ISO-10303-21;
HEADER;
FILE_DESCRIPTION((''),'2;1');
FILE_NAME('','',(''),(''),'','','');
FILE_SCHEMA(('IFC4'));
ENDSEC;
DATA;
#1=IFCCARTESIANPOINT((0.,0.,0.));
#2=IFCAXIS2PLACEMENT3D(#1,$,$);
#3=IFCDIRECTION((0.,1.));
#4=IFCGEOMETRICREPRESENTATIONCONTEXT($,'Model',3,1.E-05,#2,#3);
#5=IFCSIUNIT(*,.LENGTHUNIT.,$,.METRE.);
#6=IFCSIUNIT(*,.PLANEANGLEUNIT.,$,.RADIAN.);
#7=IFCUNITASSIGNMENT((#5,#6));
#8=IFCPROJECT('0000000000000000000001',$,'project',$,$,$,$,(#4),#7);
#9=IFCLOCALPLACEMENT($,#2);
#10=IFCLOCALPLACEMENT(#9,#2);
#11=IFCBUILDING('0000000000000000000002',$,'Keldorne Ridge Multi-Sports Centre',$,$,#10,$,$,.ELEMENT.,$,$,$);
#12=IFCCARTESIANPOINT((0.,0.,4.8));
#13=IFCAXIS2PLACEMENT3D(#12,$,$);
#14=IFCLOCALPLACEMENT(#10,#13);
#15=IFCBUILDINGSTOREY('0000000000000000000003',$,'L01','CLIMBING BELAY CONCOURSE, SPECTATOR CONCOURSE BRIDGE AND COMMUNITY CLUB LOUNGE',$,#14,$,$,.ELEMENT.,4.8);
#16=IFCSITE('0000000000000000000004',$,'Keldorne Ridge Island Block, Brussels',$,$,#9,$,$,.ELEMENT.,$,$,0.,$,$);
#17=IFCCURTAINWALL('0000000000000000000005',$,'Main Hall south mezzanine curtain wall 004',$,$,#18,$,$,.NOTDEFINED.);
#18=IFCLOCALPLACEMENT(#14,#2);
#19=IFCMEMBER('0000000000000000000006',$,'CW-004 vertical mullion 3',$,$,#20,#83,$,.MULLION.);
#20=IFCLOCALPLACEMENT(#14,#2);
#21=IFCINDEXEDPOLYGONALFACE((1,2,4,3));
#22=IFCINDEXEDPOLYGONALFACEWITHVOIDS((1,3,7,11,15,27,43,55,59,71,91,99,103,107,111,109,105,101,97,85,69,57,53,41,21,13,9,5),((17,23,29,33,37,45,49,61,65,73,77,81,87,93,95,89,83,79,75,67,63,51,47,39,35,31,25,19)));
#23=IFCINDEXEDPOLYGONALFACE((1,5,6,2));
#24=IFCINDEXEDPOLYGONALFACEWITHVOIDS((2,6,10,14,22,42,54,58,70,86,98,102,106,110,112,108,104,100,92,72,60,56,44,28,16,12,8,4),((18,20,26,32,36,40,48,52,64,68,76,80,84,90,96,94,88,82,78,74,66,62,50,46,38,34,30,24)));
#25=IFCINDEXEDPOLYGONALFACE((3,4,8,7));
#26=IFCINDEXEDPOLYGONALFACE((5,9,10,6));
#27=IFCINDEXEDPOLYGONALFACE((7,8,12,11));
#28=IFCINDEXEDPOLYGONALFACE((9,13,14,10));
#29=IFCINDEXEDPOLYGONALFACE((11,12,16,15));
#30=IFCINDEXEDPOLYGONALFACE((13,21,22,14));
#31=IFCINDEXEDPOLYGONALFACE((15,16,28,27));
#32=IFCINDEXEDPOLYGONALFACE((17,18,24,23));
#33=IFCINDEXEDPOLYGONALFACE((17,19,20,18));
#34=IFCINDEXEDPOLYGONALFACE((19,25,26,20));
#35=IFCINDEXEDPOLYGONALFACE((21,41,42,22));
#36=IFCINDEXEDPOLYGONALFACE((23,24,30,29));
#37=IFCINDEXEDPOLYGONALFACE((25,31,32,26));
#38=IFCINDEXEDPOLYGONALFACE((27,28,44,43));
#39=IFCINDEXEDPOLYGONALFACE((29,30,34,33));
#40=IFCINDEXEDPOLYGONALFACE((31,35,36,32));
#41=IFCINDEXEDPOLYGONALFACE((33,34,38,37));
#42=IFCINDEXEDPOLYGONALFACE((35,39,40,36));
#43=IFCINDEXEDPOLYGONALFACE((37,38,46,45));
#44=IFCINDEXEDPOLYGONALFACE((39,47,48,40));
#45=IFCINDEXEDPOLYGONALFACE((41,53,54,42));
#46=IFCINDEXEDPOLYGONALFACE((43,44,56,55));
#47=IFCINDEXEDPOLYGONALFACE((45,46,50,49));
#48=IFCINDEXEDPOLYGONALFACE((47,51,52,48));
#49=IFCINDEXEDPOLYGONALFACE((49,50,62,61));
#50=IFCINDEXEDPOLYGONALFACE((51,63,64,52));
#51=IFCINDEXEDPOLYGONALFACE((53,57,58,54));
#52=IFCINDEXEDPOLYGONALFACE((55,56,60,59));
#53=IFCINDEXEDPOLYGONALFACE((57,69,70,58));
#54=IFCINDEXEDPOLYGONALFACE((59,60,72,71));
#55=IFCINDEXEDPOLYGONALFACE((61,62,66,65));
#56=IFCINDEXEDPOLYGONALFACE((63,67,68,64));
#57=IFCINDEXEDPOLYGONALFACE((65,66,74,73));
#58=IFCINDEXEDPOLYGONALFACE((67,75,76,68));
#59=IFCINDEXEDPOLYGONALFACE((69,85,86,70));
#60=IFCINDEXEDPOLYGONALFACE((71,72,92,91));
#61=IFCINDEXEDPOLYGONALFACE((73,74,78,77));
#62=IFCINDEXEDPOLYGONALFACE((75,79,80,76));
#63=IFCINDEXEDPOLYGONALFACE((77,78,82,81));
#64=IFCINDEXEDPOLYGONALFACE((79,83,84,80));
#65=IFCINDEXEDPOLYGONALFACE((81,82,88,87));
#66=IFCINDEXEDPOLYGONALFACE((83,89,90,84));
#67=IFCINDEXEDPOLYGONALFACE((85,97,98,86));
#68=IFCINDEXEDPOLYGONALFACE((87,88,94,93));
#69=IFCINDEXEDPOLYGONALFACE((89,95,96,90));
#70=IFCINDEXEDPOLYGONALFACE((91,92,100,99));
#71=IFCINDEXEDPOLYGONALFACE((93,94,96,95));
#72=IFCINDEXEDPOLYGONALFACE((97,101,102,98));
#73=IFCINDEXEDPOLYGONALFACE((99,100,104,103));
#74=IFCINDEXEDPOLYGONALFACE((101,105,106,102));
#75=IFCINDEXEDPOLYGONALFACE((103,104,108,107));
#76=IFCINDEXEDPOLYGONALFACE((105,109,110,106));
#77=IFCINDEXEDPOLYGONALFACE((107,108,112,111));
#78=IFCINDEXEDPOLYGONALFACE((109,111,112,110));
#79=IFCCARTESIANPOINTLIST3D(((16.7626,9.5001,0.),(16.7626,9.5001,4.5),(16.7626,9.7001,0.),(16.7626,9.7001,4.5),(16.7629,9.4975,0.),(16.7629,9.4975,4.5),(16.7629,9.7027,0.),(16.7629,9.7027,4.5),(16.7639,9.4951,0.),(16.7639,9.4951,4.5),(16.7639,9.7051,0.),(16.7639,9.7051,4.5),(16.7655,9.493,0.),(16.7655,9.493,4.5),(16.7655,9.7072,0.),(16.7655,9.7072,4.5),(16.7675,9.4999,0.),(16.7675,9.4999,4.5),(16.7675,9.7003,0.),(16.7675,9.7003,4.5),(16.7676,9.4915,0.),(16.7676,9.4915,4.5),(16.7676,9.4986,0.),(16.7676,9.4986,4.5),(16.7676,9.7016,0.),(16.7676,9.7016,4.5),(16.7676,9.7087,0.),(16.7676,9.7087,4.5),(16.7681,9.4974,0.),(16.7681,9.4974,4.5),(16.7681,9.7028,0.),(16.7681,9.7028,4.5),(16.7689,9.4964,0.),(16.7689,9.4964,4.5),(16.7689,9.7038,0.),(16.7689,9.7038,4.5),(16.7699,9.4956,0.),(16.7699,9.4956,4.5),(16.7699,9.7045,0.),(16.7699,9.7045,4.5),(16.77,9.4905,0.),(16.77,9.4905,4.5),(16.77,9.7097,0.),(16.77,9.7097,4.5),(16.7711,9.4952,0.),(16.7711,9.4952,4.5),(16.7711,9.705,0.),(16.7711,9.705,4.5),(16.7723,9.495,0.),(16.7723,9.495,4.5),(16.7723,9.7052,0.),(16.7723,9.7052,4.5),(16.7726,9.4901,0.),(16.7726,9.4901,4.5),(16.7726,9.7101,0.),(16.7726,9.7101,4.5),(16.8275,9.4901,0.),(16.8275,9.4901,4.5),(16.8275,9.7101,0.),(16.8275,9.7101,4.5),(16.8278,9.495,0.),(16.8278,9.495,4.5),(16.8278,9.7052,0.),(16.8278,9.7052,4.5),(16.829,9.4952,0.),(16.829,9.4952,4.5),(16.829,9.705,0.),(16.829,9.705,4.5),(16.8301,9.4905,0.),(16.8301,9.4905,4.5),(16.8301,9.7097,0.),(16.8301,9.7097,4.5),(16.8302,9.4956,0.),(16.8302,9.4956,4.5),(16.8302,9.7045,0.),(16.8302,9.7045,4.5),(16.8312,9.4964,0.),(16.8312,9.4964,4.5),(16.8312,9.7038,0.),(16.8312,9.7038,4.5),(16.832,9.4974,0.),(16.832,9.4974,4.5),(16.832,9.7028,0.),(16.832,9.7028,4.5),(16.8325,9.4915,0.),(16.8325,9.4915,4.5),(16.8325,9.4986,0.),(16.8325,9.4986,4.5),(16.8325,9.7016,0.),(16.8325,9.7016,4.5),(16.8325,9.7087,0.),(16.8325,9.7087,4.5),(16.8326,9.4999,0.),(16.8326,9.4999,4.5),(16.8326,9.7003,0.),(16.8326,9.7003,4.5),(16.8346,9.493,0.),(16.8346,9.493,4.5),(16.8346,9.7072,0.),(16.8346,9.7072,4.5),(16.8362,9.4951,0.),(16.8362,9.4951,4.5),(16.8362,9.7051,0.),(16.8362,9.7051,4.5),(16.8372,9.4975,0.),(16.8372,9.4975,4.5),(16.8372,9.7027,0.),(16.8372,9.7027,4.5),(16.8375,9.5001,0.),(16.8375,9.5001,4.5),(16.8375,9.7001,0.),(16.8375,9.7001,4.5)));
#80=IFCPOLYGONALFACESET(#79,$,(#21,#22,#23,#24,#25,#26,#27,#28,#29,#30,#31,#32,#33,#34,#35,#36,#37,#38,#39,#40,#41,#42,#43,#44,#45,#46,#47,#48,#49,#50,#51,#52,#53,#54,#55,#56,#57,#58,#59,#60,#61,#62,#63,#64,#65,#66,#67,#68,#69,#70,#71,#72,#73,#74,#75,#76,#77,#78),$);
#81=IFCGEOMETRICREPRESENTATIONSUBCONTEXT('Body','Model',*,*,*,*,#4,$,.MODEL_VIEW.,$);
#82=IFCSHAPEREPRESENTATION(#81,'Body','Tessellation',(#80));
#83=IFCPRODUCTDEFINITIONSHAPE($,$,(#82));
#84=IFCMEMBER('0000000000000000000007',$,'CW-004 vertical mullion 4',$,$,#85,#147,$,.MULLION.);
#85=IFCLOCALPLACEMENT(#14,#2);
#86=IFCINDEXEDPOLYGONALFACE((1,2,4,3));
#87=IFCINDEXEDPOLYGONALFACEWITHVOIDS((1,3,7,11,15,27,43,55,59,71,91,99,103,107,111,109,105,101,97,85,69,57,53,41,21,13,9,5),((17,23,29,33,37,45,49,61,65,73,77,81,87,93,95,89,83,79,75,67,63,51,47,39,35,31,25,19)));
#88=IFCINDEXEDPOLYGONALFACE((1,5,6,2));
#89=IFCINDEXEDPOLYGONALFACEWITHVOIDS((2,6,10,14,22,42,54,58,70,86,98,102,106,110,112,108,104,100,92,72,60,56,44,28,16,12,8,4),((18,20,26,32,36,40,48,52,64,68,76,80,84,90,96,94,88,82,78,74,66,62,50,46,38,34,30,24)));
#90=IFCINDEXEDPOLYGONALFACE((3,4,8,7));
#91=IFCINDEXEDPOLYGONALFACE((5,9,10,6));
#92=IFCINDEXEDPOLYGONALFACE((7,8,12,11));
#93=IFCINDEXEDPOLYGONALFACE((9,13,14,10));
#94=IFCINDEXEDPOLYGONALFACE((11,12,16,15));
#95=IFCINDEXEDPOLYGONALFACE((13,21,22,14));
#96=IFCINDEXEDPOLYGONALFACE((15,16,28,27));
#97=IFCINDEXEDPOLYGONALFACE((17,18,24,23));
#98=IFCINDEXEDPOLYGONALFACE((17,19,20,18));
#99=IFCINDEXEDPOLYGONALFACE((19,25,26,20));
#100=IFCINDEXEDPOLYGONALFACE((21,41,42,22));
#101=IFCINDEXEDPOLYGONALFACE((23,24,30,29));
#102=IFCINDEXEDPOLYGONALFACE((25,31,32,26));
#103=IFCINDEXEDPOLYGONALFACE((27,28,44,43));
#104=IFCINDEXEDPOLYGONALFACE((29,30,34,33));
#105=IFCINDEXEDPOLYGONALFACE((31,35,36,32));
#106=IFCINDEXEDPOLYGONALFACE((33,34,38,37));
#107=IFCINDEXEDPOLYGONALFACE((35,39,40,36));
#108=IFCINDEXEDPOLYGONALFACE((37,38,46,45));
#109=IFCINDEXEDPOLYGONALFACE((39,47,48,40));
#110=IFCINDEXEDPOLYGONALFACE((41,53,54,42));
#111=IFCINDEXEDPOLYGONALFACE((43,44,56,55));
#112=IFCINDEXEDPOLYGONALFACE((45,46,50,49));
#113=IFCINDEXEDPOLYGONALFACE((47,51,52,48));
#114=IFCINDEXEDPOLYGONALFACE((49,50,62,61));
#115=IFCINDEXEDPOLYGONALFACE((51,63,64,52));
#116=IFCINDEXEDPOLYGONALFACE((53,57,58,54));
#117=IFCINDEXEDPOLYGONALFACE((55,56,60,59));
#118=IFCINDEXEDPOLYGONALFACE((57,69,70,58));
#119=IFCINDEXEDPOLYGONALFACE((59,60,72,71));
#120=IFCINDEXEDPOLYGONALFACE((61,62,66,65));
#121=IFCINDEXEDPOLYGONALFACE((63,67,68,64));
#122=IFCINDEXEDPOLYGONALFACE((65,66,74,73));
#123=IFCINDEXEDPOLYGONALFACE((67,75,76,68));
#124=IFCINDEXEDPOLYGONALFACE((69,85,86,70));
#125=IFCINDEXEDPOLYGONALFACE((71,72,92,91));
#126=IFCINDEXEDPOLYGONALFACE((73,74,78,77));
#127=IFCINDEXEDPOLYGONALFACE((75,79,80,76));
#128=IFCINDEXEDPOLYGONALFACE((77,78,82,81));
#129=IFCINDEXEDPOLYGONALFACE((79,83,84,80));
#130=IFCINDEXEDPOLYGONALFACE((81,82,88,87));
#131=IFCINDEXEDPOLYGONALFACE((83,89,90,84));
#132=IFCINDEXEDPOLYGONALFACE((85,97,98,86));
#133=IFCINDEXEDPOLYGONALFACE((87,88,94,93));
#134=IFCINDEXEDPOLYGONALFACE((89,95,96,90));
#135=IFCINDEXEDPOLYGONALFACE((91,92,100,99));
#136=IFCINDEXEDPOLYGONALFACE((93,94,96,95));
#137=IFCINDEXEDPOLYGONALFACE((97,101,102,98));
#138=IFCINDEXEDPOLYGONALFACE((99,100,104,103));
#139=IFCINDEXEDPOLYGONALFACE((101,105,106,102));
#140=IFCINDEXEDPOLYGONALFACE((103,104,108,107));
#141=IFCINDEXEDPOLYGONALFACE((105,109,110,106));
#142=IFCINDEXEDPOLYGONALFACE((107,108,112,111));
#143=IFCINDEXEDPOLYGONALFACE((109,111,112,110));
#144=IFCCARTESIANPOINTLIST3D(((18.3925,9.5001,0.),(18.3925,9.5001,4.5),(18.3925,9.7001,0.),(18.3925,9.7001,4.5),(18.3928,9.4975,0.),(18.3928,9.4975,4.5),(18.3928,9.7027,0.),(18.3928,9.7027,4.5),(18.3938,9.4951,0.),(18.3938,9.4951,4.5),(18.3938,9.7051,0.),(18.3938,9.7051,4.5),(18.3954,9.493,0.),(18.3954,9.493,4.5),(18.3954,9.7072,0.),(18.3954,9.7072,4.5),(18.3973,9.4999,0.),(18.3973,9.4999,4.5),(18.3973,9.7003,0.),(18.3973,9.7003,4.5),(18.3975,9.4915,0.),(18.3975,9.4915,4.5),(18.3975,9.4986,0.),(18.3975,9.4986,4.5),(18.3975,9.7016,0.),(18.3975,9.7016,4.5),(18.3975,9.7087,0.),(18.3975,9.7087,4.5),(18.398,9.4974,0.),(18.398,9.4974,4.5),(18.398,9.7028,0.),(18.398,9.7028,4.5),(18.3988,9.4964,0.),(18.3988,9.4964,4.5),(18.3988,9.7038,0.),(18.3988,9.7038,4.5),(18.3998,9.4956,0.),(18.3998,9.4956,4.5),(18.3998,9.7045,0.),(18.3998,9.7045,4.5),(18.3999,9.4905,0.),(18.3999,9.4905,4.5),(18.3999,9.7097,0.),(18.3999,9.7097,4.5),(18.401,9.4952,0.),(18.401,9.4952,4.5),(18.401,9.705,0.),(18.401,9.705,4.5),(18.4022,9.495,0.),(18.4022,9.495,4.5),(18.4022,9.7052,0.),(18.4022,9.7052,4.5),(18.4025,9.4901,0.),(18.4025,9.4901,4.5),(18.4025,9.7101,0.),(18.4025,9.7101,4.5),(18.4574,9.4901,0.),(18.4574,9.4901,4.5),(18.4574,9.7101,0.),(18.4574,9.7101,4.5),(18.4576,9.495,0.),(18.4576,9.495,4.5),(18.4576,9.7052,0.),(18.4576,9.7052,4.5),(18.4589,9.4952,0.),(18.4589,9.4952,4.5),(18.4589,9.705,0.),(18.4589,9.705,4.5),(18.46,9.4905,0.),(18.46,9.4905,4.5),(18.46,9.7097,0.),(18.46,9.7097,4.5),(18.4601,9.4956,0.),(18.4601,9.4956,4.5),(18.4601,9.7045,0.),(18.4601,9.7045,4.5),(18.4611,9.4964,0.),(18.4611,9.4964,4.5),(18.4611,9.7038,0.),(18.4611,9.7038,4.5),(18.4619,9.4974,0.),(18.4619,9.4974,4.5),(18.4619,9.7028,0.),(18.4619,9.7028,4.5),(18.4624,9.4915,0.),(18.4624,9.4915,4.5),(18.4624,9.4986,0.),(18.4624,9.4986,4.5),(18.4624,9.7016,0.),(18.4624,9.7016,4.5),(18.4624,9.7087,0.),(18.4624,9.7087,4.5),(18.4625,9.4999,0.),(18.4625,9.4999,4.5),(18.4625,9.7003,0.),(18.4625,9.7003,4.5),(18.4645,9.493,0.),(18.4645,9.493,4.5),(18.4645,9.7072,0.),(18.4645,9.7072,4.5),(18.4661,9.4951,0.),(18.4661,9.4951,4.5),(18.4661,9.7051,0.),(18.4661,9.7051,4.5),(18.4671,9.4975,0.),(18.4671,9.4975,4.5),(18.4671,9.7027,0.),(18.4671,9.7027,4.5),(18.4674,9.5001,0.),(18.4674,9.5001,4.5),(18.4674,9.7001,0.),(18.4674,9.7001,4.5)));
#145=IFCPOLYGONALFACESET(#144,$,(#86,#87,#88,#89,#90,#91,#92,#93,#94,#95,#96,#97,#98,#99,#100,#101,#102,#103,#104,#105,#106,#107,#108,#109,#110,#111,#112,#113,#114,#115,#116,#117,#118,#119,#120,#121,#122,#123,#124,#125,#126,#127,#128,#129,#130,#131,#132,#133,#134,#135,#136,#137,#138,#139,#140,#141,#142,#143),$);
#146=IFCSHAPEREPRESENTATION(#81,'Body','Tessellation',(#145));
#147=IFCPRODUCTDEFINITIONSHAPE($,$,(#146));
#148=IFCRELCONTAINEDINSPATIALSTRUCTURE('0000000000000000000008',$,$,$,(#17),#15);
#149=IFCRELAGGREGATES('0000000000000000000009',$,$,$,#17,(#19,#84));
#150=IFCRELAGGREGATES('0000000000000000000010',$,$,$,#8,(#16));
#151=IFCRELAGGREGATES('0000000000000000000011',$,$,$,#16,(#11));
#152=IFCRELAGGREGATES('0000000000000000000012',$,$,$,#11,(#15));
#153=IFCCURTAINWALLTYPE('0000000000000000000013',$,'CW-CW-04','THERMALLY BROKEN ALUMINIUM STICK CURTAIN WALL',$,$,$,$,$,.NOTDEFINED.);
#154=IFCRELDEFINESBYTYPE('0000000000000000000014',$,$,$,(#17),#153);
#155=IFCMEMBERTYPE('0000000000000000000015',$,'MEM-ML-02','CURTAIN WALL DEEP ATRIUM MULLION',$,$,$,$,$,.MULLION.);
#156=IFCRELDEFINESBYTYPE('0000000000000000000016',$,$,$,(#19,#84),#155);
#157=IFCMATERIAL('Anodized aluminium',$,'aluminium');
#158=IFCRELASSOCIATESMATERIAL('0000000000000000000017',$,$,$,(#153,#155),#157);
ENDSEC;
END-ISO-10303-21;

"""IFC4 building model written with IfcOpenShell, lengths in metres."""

from ifc_helpers import new_model, si_unit, direction, frame, origin, origin_2d, place, context, subcontext, project, spatial, hollow_rectangle, extrude, material, material_profile, profile_set, type_object, element, aggregate, save


model = new_model("IFC4")

# Units and contexts
model_context = context("Model", 3, precision=1e-05, world=origin(), true_north=direction((0.0, 1.0)))
body_context = subcontext(model_context, "Body", "Model", "MODEL_VIEW")
ifc_project = project(units=[si_unit("LENGTHUNIT", "METRE"), si_unit("PLANEANGLEUNIT", "RADIAN")], contexts=[model_context])

# Site, building, storey
site_placement = place(None, origin())
site = spatial("IfcSite", under=ifc_project, at=site_placement, Name="Keldorne Ridge Island Block, Brussels", CompositionType="ELEMENT", RefElevation=0.0)
building_placement = place(site_placement, origin())
building = spatial("IfcBuilding", under=site, at=building_placement, Name="Keldorne Ridge Multi-Sports Centre", CompositionType="ELEMENT")
storey_placement = place(building_placement, frame((0.0, 0.0, 4.8)))
storey = spatial("IfcBuildingStorey", under=building, at=storey_placement, Name="L01", Description="CLIMBING BELAY CONCOURSE, SPECTATOR CONCOURSE BRIDGE AND COMMUNITY CLUB LOUNGE", CompositionType="ELEMENT", Elevation=4.8)

# Curtain wall, members
ifc_material_1 = material(Name="Anodized aluminium", Category="aluminium")
curtain_wall_type_1 = type_object("IfcCurtainWallType", Name="CW-CW-04", Description="THERMALLY BROKEN ALUMINIUM STICK CURTAIN WALL", PredefinedType="NOTDEFINED", material=ifc_material_1)
curtain_wall_1_placement = place(storey_placement, origin())
curtain_wall_1 = element("IfcCurtainWall", 1, at=curtain_wall_1_placement, inside=storey, type_object=curtain_wall_type_1, Name="Main Hall south mezzanine curtain wall 004", PredefinedType="NOTDEFINED")
ifc_material_profile_1 = material_profile(ifc_material_1, hollow_rectangle(XDim=0.075, YDim=0.22, WallThickness=0.0049, InnerFilletRadius=0.0049, OuterFilletRadius=0.01, at=origin_2d()), Name="ALU MULLION 220x75x5")
ifc_profile_set_1 = profile_set([ifc_material_profile_1], Name="Anodized aluminium")
member_type_1 = type_object("IfcMemberType", Name="MEM-ML-02", Description="CURTAIN WALL DEEP ATRIUM MULLION", PredefinedType="MULLION", material=ifc_profile_set_1)
member_1_placement = place(storey_placement, frame((16.8, 9.6001, 0.0), z_axis=(0.0, 0.0, 1.0), x_axis=(1.0, 0.0, 0.0)))
member_1 = element("IfcMember", 2, at=member_1_placement, type_object=member_type_1, Name="CW-004 vertical mullion 3", PredefinedType="MULLION", context=body_context, shape_type="SweptSolid", body=[
    extrude(hollow_rectangle(XDim=0.075, YDim=0.22, WallThickness=0.0049, InnerFilletRadius=0.0049, OuterFilletRadius=0.01, at=origin_2d()), origin(), (0.0, 0.0, 1.0), 4.5),
])
member_2_placement = place(storey_placement, frame((18.4299, 9.6001, 0.0), z_axis=(0.0, 0.0, 1.0), x_axis=(1.0, 0.0, 0.0)))
member_2 = element("IfcMember", 3, at=member_2_placement, type_object=member_type_1, Name="CW-004 vertical mullion 4", PredefinedType="MULLION", context=body_context, shape_type="SweptSolid", body=[
    extrude(hollow_rectangle(XDim=0.075, YDim=0.22, WallThickness=0.0049, InnerFilletRadius=0.0049, OuterFilletRadius=0.01, at=origin_2d()), origin(), (0.0, 0.0, 1.0), 4.5),
])

aggregate(curtain_wall_1, [member_1, member_2])

save(model, "model.ifc")
